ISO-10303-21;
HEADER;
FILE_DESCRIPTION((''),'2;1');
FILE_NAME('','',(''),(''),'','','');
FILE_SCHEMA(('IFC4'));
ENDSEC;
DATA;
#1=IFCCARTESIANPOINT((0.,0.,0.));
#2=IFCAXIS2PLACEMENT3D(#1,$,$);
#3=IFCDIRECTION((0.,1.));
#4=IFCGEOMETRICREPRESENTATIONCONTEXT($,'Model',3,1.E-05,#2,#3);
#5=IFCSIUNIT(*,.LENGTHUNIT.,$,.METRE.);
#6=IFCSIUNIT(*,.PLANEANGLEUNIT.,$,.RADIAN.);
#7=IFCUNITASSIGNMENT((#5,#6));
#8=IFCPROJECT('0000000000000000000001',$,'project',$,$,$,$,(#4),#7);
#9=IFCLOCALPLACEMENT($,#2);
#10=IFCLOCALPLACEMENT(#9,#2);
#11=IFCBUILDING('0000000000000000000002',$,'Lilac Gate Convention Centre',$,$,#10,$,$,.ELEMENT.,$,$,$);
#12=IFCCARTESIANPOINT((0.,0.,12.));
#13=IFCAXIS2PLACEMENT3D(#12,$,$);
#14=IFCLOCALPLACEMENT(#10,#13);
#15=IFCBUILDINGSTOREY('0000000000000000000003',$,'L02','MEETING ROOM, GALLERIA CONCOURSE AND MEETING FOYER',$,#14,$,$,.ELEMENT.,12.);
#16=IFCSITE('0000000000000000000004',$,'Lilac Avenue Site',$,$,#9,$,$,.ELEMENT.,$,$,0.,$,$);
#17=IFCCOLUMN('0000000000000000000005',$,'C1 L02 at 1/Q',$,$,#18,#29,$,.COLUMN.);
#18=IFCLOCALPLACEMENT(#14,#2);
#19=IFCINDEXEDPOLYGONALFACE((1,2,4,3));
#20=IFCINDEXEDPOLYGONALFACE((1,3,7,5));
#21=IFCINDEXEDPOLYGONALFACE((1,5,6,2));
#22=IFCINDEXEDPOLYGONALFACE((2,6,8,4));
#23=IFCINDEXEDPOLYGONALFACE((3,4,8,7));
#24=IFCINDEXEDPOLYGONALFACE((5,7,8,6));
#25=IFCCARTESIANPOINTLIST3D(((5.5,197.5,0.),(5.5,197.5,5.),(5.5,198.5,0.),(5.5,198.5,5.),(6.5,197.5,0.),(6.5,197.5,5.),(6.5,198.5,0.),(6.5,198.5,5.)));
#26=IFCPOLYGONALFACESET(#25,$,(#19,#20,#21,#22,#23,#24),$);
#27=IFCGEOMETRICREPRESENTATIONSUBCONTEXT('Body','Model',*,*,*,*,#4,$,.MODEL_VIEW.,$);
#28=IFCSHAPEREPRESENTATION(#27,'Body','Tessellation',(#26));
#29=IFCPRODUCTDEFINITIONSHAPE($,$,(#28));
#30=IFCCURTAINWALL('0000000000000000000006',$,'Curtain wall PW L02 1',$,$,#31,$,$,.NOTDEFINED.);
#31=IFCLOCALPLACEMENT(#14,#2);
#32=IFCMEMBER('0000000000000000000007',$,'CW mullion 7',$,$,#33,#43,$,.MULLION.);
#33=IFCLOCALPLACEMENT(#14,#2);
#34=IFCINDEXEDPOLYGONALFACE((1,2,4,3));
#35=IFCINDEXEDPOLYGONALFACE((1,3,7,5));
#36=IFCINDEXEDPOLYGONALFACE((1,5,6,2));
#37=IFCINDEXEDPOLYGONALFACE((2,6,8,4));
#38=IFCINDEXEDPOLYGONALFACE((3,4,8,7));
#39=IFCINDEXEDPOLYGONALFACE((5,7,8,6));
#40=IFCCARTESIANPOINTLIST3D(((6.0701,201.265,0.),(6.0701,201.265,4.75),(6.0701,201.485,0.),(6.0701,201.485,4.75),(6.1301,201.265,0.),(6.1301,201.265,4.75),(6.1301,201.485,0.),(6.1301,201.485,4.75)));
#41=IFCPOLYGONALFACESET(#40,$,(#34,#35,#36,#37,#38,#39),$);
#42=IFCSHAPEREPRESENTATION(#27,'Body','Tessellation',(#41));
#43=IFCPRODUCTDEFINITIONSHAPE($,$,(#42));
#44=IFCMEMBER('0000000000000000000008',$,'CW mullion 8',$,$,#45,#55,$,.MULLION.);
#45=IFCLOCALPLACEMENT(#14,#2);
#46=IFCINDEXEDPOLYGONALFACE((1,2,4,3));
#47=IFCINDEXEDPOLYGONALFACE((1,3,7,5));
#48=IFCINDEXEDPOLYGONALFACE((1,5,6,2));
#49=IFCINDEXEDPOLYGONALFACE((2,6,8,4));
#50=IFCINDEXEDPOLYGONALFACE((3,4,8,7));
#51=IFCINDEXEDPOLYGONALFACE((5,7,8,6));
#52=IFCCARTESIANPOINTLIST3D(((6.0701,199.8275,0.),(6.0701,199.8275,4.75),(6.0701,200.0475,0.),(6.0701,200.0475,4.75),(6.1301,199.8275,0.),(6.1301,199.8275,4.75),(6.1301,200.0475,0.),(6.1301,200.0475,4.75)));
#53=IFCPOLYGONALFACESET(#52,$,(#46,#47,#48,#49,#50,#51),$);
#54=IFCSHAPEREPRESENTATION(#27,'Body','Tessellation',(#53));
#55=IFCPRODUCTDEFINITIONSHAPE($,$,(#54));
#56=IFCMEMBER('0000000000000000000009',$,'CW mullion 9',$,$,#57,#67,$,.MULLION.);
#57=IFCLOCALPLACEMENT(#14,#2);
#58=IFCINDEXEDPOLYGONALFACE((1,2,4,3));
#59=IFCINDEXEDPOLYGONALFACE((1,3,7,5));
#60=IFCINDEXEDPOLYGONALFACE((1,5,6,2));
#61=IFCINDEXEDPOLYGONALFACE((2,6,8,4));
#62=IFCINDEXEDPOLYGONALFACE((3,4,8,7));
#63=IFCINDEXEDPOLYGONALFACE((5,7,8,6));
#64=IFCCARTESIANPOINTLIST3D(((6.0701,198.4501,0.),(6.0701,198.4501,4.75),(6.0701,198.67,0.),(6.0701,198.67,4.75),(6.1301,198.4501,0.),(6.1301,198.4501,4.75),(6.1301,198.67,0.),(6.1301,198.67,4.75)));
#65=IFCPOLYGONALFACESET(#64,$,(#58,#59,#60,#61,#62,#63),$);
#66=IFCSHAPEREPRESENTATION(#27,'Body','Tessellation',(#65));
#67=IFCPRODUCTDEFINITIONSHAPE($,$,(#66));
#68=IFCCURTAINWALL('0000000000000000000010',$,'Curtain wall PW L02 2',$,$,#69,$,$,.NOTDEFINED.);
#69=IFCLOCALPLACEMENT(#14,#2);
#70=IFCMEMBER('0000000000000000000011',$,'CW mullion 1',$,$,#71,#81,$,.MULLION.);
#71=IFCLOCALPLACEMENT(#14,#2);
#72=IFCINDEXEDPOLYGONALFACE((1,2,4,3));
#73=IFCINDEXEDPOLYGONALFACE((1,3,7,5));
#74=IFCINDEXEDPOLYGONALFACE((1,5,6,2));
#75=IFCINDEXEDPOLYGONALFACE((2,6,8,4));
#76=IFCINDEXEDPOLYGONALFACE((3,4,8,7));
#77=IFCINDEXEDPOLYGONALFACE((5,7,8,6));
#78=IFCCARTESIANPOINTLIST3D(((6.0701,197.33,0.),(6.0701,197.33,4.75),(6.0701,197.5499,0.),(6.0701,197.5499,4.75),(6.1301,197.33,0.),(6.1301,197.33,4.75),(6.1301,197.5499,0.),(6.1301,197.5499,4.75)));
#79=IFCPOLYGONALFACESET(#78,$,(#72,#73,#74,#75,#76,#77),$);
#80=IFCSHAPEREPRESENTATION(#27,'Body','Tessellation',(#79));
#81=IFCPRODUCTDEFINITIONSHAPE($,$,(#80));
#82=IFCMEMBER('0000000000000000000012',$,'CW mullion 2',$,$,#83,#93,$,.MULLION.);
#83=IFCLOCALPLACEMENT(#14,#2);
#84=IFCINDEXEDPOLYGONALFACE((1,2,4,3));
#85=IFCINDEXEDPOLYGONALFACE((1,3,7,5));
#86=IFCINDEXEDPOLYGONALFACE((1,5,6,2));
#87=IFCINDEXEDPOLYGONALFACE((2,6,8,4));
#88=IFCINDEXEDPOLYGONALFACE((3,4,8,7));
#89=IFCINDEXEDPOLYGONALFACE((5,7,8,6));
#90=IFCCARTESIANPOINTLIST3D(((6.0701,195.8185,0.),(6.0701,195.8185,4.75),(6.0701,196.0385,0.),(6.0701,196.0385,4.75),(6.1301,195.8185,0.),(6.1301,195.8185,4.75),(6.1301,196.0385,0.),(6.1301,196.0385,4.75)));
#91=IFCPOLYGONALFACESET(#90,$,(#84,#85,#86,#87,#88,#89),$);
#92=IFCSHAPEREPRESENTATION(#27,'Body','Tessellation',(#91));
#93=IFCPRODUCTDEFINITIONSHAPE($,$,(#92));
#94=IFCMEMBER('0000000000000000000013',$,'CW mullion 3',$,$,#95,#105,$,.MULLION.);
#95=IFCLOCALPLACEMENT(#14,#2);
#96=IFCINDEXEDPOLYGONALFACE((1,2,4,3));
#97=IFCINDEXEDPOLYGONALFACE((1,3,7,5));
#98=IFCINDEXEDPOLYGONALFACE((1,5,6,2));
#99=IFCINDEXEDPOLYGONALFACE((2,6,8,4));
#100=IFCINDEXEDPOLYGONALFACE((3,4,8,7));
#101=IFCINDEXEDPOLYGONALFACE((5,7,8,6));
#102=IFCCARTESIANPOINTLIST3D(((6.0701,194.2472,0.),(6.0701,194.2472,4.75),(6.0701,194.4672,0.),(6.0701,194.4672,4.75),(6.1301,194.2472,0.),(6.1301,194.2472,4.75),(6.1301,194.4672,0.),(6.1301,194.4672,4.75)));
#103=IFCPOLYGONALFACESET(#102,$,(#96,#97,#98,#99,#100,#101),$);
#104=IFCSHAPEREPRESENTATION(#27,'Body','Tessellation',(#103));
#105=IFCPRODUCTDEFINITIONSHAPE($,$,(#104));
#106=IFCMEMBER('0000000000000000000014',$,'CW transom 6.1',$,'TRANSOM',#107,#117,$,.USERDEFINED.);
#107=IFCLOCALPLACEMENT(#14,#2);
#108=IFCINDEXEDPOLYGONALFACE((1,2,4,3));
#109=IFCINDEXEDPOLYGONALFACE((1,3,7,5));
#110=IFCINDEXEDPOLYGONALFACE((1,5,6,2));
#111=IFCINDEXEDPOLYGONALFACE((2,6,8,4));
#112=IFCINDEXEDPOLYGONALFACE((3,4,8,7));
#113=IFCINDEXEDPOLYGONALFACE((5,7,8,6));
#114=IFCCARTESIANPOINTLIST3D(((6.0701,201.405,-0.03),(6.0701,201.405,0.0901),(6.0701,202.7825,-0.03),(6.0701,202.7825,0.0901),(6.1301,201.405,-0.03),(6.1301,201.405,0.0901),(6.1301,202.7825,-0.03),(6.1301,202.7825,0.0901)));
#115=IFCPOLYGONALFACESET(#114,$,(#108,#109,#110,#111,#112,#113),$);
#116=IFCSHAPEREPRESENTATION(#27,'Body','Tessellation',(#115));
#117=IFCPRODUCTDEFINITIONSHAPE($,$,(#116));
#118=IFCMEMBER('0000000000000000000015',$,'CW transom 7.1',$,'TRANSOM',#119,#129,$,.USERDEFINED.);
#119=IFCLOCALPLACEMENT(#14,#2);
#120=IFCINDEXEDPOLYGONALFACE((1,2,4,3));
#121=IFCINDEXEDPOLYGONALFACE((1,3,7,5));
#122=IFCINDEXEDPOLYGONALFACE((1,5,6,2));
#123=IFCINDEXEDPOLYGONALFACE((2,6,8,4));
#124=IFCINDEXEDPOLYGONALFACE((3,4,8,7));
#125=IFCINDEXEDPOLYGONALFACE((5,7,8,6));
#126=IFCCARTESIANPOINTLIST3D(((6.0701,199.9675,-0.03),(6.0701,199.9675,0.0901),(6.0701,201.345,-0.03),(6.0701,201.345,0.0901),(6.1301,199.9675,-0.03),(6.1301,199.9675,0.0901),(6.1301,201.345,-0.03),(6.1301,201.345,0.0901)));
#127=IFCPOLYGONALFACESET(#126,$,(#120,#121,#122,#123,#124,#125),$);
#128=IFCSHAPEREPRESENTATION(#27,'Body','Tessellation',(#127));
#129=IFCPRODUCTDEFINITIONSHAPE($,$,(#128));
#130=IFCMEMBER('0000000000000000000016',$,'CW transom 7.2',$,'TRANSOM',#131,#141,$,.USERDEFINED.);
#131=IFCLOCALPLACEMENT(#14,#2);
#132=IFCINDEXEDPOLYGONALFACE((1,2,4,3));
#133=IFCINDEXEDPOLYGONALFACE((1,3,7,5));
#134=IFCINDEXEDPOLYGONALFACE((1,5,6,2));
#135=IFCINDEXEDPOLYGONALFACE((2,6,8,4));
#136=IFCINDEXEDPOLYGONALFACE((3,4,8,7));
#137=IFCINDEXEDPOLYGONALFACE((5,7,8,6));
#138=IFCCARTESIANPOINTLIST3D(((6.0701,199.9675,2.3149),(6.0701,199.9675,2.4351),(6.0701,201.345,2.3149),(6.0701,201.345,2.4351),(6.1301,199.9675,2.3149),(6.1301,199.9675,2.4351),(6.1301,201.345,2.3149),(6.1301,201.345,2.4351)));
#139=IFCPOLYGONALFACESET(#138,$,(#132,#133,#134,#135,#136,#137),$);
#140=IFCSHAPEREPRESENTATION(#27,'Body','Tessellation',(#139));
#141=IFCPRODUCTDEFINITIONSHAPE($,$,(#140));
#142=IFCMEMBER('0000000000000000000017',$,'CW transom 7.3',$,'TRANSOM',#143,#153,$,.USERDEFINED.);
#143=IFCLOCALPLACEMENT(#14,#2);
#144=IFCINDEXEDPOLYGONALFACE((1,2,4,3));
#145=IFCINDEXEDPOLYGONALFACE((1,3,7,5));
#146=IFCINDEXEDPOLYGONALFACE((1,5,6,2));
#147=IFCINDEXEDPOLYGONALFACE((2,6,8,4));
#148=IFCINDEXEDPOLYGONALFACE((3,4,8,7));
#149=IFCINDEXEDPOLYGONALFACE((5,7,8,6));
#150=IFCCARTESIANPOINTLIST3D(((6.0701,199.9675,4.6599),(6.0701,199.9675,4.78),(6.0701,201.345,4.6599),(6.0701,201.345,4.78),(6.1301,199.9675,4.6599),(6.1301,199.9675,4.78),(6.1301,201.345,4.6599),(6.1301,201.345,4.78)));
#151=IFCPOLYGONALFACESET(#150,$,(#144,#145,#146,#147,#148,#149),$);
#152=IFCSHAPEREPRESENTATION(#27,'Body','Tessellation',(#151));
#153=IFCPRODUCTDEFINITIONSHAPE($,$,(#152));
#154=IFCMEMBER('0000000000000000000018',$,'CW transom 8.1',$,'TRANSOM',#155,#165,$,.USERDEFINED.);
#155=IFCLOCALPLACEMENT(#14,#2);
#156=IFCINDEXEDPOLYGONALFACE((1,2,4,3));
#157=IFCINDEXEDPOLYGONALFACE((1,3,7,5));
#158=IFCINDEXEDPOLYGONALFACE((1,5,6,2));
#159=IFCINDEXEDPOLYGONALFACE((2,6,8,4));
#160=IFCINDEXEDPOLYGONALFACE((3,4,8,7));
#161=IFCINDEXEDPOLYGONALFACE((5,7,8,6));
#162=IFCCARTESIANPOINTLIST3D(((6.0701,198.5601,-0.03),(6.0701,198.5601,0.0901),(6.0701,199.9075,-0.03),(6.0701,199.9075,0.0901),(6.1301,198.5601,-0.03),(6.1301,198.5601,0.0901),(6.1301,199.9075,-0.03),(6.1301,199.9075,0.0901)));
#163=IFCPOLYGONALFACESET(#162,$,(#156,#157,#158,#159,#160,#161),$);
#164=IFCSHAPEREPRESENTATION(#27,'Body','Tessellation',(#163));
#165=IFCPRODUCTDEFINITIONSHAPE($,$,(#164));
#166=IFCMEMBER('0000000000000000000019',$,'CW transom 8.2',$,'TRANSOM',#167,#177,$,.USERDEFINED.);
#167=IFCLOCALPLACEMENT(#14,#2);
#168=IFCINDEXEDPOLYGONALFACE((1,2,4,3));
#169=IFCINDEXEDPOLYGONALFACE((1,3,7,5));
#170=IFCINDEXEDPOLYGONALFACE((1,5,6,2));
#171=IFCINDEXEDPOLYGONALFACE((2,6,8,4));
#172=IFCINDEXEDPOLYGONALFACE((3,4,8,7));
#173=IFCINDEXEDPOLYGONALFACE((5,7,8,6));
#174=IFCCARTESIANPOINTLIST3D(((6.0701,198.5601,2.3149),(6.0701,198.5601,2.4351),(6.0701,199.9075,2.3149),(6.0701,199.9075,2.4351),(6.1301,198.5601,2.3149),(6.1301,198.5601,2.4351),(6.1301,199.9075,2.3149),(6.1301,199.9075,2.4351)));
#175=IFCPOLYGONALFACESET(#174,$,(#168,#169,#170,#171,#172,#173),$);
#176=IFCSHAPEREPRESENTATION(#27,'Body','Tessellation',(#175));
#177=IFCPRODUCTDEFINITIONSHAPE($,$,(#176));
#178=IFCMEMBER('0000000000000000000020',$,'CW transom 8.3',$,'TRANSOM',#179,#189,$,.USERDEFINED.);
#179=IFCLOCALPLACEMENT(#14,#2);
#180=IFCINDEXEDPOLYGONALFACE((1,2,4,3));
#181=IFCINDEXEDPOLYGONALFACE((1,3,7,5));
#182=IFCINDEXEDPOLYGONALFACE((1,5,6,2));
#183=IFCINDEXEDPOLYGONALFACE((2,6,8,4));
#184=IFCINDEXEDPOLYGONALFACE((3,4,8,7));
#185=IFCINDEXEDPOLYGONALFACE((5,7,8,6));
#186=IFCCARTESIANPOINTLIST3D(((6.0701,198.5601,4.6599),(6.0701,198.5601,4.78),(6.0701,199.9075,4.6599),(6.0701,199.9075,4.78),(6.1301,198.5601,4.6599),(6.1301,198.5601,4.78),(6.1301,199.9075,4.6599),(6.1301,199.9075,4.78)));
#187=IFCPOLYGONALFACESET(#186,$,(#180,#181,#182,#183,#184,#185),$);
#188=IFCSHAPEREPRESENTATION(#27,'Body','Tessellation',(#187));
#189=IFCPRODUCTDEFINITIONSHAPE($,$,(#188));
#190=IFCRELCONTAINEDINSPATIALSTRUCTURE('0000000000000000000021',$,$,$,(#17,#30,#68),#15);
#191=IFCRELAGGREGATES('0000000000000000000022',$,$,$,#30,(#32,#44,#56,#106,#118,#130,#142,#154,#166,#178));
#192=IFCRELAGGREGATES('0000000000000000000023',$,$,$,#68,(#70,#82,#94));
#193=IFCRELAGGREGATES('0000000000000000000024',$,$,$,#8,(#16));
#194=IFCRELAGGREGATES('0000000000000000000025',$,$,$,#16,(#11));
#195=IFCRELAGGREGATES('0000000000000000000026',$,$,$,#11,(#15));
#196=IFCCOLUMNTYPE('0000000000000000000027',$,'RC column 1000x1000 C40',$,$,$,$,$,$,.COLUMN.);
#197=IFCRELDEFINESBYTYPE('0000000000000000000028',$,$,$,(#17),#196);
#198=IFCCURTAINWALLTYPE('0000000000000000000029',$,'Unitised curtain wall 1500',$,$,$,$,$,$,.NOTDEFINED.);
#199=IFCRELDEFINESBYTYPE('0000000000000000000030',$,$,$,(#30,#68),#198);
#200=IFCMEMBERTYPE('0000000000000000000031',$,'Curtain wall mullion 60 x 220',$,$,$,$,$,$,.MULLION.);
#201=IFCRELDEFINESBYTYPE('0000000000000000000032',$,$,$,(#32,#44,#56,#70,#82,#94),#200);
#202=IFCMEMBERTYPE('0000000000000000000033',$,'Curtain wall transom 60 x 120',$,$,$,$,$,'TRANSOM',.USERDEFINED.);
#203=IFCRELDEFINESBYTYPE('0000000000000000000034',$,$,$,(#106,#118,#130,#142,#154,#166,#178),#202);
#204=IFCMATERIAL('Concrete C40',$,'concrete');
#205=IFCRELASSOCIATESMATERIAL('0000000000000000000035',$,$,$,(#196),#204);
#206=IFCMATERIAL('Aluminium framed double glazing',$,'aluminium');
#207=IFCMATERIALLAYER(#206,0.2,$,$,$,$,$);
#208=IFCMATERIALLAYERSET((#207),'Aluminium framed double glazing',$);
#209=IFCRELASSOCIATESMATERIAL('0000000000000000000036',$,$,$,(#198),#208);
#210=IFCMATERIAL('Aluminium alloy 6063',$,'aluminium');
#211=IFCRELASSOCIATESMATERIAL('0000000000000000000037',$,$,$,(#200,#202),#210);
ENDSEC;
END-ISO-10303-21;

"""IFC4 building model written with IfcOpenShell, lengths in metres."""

from ifc_helpers import new_model, si_unit, direction, frame, origin, origin_2d, place, context, subcontext, project, spatial, rectangle, extrude, material, layer, layer_set, material_profile, profile_set, type_object, element, aggregate, save


model = new_model("IFC4")

# Units and contexts
model_context = context("Model", 3, precision=1e-05, world=origin(), true_north=direction((0.0, 1.0)))
body_context = subcontext(model_context, "Body", "Model", "MODEL_VIEW")
ifc_project = project(units=[si_unit("LENGTHUNIT", "METRE"), si_unit("PLANEANGLEUNIT", "RADIAN")], contexts=[model_context])

# Site, building, storey
site_placement = place(None, origin())
site = spatial("IfcSite", under=ifc_project, at=site_placement, Name="Lilac Avenue Site", CompositionType="ELEMENT", RefElevation=0.0)
building_placement = place(site_placement, origin())
building = spatial("IfcBuilding", under=site, at=building_placement, Name="Lilac Gate Convention Centre", CompositionType="ELEMENT")
storey_placement = place(building_placement, frame((0.0, 0.0, 12.0)))
storey = spatial("IfcBuildingStorey", under=building, at=storey_placement, Name="L02", Description="MEETING ROOM, GALLERIA CONCOURSE AND MEETING FOYER", CompositionType="ELEMENT", Elevation=12.0)

# Column
ifc_material_1 = material(Name="Concrete C40", Category="concrete")
ifc_material_profile_1 = material_profile(ifc_material_1, rectangle(XDim=1.0, YDim=1.0, at=origin_2d()), Name="RC 1000x1000")
ifc_profile_set_1 = profile_set([ifc_material_profile_1], Name="Concrete C40")
column_type = type_object("IfcColumnType", Name="RC column 1000x1000 C40", PredefinedType="COLUMN", material=ifc_profile_set_1)
column_placement = place(storey_placement, frame((6.0, 198.0, 0.0), z_axis=(0.0, 0.0, 1.0), x_axis=(1.0, 0.0, 0.0)))
element("IfcColumn", 1, at=column_placement, inside=storey, type_object=column_type, Name="C1 L02 at 1/Q", PredefinedType="COLUMN", context=body_context, shape_type="SweptSolid", body=[
    extrude(rectangle(XDim=1.0, YDim=1.0, at=origin_2d()), origin(), (0.0, 0.0, 1.0), 5.0),
])

# Curtain walls, members
ifc_material_2 = material(Name="Aluminium framed double glazing", Category="aluminium")
ifc_layer_1 = layer(ifc_material_2, 0.2)
ifc_layer_set_1 = layer_set([ifc_layer_1], Name="Aluminium framed double glazing")
curtain_wall_type = type_object("IfcCurtainWallType", Name="Unitised curtain wall 1500", PredefinedType="NOTDEFINED", material=ifc_layer_set_1)
curtain_wall_1_placement = place(storey_placement, origin())
curtain_wall_1 = element("IfcCurtainWall", 2, at=curtain_wall_1_placement, inside=storey, type_object=curtain_wall_type, Name="Curtain wall PW L02 1", PredefinedType="NOTDEFINED")
ifc_material_3 = material(Name="Aluminium alloy 6063", Category="aluminium")
ifc_material_profile_2 = material_profile(ifc_material_3, rectangle(XDim=0.0601, YDim=0.22, at=origin_2d()), Name="Curtain wall mullion 60 x 220")
ifc_profile_set_2 = profile_set([ifc_material_profile_2], Name="Aluminium alloy 6063")
member_type_1 = type_object("IfcMemberType", Name="Curtain wall mullion 60 x 220", PredefinedType="MULLION", material=ifc_profile_set_2)
member_1_placement = place(storey_placement, frame((6.1001, 201.375, 0.0), z_axis=(0.0, 0.0, 1.0), x_axis=(1.0, 0.0, 0.0)))
member_1 = element("IfcMember", 3, at=member_1_placement, type_object=member_type_1, Name="CW mullion 7", PredefinedType="MULLION", context=body_context, shape_type="SweptSolid", body=[
    extrude(rectangle(XDim=0.0601, YDim=0.22, at=origin_2d()), origin(), (0.0, 0.0, 1.0), 4.75),
])
member_2_placement = place(storey_placement, frame((6.1001, 199.9375, 0.0), z_axis=(0.0, 0.0, 1.0), x_axis=(1.0, 0.0, 0.0)))
member_2 = element("IfcMember", 4, at=member_2_placement, type_object=member_type_1, Name="CW mullion 8", PredefinedType="MULLION", context=body_context, shape_type="SweptSolid", body=[
    extrude(rectangle(XDim=0.0601, YDim=0.22, at=origin_2d()), origin(), (0.0, 0.0, 1.0), 4.75),
])
member_3_placement = place(storey_placement, frame((6.1001, 198.5601, 0.0), z_axis=(0.0, 0.0, 1.0), x_axis=(1.0, 0.0, 0.0)))
member_3 = element("IfcMember", 5, at=member_3_placement, type_object=member_type_1, Name="CW mullion 9", PredefinedType="MULLION", context=body_context, shape_type="SweptSolid", body=[
    extrude(rectangle(XDim=0.0601, YDim=0.22, at=origin_2d()), origin(), (0.0, 0.0, 1.0), 4.75),
])
curtain_wall_2_placement = place(storey_placement, origin())
curtain_wall_2 = element("IfcCurtainWall", 6, at=curtain_wall_2_placement, inside=storey, type_object=curtain_wall_type, Name="Curtain wall PW L02 2", PredefinedType="NOTDEFINED")
member_4_placement = place(storey_placement, frame((6.1001, 197.4399, 0.0), z_axis=(0.0, 0.0, 1.0), x_axis=(1.0, 0.0, 0.0)))
member_4 = element("IfcMember", 7, at=member_4_placement, type_object=member_type_1, Name="CW mullion 1", PredefinedType="MULLION", context=body_context, shape_type="SweptSolid", body=[
    extrude(rectangle(XDim=0.0601, YDim=0.22, at=origin_2d()), origin(), (0.0, 0.0, 1.0), 4.75),
])
member_5_placement = place(storey_placement, frame((6.1001, 195.9285, 0.0), z_axis=(0.0, 0.0, 1.0), x_axis=(1.0, 0.0, 0.0)))
member_5 = element("IfcMember", 8, at=member_5_placement, type_object=member_type_1, Name="CW mullion 2", PredefinedType="MULLION", context=body_context, shape_type="SweptSolid", body=[
    extrude(rectangle(XDim=0.0601, YDim=0.22, at=origin_2d()), origin(), (0.0, 0.0, 1.0), 4.75),
])
member_6_placement = place(storey_placement, frame((6.1001, 194.3572, 0.0), z_axis=(0.0, 0.0, 1.0), x_axis=(1.0, 0.0, 0.0)))
member_6 = element("IfcMember", 9, at=member_6_placement, type_object=member_type_1, Name="CW mullion 3", PredefinedType="MULLION", context=body_context, shape_type="SweptSolid", body=[
    extrude(rectangle(XDim=0.0601, YDim=0.22, at=origin_2d()), origin(), (0.0, 0.0, 1.0), 4.75),
])

# Members
ifc_material_profile_3 = material_profile(ifc_material_3, rectangle(XDim=0.0601, YDim=0.1201, at=origin_2d()), Name="Curtain wall transom 60 x 120")
ifc_profile_set_3 = profile_set([ifc_material_profile_3], Name="Aluminium alloy 6063")
member_type_2 = type_object("IfcMemberType", Name="Curtain wall transom 60 x 120", ElementType="TRANSOM", PredefinedType="USERDEFINED", material=ifc_profile_set_3)
member_7_placement = place(storey_placement, frame((6.1001, 202.7825, 0.03), z_axis=(0.0, -1.0, 0.0), x_axis=(1.0, 0.0, 0.0)))
member_7 = element("IfcMember", 10, at=member_7_placement, type_object=member_type_2, Name="CW transom 6.1", ObjectType="TRANSOM", PredefinedType="USERDEFINED", context=body_context, shape_type="SweptSolid", body=[
    extrude(rectangle(XDim=0.0601, YDim=0.1201, at=origin_2d()), origin(), (0.0, 0.0, 1.0), 1.3774),
])
member_8_placement = place(storey_placement, frame((6.1001, 201.345, 0.03), z_axis=(0.0, -1.0, 0.0), x_axis=(1.0, 0.0, 0.0)))
member_8 = element("IfcMember", 11, at=member_8_placement, type_object=member_type_2, Name="CW transom 7.1", ObjectType="TRANSOM", PredefinedType="USERDEFINED", context=body_context, shape_type="SweptSolid", body=[
    extrude(rectangle(XDim=0.0601, YDim=0.1201, at=origin_2d()), origin(), (0.0, 0.0, 1.0), 1.3774),
])
member_9_placement = place(storey_placement, frame((6.1001, 201.345, 2.375), z_axis=(0.0, -1.0, 0.0), x_axis=(1.0, 0.0, 0.0)))
member_9 = element("IfcMember", 12, at=member_9_placement, type_object=member_type_2, Name="CW transom 7.2", ObjectType="TRANSOM", PredefinedType="USERDEFINED", context=body_context, shape_type="SweptSolid", body=[
    extrude(rectangle(XDim=0.0601, YDim=0.1201, at=origin_2d()), origin(), (0.0, 0.0, 1.0), 1.3774),
])
member_10_placement = place(storey_placement, frame((6.1001, 201.345, 4.72), z_axis=(0.0, -1.0, 0.0), x_axis=(1.0, 0.0, 0.0)))
member_10 = element("IfcMember", 13, at=member_10_placement, type_object=member_type_2, Name="CW transom 7.3", ObjectType="TRANSOM", PredefinedType="USERDEFINED", context=body_context, shape_type="SweptSolid", body=[
    extrude(rectangle(XDim=0.0601, YDim=0.1201, at=origin_2d()), origin(), (0.0, 0.0, 1.0), 1.3774),
])
member_11_placement = place(storey_placement, frame((6.1001, 199.9075, 0.03), z_axis=(0.0, -1.0, 0.0), x_axis=(1.0, 0.0, 0.0)))
member_11 = element("IfcMember", 14, at=member_11_placement, type_object=member_type_2, Name="CW transom 8.1", ObjectType="TRANSOM", PredefinedType="USERDEFINED", context=body_context, shape_type="SweptSolid", body=[
    extrude(rectangle(XDim=0.0601, YDim=0.1201, at=origin_2d()), origin(), (0.0, 0.0, 1.0), 1.3474),
])
member_12_placement = place(storey_placement, frame((6.1001, 199.9075, 2.375), z_axis=(0.0, -1.0, 0.0), x_axis=(1.0, 0.0, 0.0)))
member_12 = element("IfcMember", 15, at=member_12_placement, type_object=member_type_2, Name="CW transom 8.2", ObjectType="TRANSOM", PredefinedType="USERDEFINED", context=body_context, shape_type="SweptSolid", body=[
    extrude(rectangle(XDim=0.0601, YDim=0.1201, at=origin_2d()), origin(), (0.0, 0.0, 1.0), 1.3474),
])
member_13_placement = place(storey_placement, frame((6.1001, 199.9075, 4.72), z_axis=(0.0, -1.0, 0.0), x_axis=(1.0, 0.0, 0.0)))
member_13 = element("IfcMember", 16, at=member_13_placement, type_object=member_type_2, Name="CW transom 8.3", ObjectType="TRANSOM", PredefinedType="USERDEFINED", context=body_context, shape_type="SweptSolid", body=[
    extrude(rectangle(XDim=0.0601, YDim=0.1201, at=origin_2d()), origin(), (0.0, 0.0, 1.0), 1.3474),
])

aggregate(curtain_wall_1, [member_1, member_2, member_3, member_7, member_8, member_9, member_10, member_11, member_12, member_13])
aggregate(curtain_wall_2, [member_4, member_5, member_6])

save(model, "model.ifc")
